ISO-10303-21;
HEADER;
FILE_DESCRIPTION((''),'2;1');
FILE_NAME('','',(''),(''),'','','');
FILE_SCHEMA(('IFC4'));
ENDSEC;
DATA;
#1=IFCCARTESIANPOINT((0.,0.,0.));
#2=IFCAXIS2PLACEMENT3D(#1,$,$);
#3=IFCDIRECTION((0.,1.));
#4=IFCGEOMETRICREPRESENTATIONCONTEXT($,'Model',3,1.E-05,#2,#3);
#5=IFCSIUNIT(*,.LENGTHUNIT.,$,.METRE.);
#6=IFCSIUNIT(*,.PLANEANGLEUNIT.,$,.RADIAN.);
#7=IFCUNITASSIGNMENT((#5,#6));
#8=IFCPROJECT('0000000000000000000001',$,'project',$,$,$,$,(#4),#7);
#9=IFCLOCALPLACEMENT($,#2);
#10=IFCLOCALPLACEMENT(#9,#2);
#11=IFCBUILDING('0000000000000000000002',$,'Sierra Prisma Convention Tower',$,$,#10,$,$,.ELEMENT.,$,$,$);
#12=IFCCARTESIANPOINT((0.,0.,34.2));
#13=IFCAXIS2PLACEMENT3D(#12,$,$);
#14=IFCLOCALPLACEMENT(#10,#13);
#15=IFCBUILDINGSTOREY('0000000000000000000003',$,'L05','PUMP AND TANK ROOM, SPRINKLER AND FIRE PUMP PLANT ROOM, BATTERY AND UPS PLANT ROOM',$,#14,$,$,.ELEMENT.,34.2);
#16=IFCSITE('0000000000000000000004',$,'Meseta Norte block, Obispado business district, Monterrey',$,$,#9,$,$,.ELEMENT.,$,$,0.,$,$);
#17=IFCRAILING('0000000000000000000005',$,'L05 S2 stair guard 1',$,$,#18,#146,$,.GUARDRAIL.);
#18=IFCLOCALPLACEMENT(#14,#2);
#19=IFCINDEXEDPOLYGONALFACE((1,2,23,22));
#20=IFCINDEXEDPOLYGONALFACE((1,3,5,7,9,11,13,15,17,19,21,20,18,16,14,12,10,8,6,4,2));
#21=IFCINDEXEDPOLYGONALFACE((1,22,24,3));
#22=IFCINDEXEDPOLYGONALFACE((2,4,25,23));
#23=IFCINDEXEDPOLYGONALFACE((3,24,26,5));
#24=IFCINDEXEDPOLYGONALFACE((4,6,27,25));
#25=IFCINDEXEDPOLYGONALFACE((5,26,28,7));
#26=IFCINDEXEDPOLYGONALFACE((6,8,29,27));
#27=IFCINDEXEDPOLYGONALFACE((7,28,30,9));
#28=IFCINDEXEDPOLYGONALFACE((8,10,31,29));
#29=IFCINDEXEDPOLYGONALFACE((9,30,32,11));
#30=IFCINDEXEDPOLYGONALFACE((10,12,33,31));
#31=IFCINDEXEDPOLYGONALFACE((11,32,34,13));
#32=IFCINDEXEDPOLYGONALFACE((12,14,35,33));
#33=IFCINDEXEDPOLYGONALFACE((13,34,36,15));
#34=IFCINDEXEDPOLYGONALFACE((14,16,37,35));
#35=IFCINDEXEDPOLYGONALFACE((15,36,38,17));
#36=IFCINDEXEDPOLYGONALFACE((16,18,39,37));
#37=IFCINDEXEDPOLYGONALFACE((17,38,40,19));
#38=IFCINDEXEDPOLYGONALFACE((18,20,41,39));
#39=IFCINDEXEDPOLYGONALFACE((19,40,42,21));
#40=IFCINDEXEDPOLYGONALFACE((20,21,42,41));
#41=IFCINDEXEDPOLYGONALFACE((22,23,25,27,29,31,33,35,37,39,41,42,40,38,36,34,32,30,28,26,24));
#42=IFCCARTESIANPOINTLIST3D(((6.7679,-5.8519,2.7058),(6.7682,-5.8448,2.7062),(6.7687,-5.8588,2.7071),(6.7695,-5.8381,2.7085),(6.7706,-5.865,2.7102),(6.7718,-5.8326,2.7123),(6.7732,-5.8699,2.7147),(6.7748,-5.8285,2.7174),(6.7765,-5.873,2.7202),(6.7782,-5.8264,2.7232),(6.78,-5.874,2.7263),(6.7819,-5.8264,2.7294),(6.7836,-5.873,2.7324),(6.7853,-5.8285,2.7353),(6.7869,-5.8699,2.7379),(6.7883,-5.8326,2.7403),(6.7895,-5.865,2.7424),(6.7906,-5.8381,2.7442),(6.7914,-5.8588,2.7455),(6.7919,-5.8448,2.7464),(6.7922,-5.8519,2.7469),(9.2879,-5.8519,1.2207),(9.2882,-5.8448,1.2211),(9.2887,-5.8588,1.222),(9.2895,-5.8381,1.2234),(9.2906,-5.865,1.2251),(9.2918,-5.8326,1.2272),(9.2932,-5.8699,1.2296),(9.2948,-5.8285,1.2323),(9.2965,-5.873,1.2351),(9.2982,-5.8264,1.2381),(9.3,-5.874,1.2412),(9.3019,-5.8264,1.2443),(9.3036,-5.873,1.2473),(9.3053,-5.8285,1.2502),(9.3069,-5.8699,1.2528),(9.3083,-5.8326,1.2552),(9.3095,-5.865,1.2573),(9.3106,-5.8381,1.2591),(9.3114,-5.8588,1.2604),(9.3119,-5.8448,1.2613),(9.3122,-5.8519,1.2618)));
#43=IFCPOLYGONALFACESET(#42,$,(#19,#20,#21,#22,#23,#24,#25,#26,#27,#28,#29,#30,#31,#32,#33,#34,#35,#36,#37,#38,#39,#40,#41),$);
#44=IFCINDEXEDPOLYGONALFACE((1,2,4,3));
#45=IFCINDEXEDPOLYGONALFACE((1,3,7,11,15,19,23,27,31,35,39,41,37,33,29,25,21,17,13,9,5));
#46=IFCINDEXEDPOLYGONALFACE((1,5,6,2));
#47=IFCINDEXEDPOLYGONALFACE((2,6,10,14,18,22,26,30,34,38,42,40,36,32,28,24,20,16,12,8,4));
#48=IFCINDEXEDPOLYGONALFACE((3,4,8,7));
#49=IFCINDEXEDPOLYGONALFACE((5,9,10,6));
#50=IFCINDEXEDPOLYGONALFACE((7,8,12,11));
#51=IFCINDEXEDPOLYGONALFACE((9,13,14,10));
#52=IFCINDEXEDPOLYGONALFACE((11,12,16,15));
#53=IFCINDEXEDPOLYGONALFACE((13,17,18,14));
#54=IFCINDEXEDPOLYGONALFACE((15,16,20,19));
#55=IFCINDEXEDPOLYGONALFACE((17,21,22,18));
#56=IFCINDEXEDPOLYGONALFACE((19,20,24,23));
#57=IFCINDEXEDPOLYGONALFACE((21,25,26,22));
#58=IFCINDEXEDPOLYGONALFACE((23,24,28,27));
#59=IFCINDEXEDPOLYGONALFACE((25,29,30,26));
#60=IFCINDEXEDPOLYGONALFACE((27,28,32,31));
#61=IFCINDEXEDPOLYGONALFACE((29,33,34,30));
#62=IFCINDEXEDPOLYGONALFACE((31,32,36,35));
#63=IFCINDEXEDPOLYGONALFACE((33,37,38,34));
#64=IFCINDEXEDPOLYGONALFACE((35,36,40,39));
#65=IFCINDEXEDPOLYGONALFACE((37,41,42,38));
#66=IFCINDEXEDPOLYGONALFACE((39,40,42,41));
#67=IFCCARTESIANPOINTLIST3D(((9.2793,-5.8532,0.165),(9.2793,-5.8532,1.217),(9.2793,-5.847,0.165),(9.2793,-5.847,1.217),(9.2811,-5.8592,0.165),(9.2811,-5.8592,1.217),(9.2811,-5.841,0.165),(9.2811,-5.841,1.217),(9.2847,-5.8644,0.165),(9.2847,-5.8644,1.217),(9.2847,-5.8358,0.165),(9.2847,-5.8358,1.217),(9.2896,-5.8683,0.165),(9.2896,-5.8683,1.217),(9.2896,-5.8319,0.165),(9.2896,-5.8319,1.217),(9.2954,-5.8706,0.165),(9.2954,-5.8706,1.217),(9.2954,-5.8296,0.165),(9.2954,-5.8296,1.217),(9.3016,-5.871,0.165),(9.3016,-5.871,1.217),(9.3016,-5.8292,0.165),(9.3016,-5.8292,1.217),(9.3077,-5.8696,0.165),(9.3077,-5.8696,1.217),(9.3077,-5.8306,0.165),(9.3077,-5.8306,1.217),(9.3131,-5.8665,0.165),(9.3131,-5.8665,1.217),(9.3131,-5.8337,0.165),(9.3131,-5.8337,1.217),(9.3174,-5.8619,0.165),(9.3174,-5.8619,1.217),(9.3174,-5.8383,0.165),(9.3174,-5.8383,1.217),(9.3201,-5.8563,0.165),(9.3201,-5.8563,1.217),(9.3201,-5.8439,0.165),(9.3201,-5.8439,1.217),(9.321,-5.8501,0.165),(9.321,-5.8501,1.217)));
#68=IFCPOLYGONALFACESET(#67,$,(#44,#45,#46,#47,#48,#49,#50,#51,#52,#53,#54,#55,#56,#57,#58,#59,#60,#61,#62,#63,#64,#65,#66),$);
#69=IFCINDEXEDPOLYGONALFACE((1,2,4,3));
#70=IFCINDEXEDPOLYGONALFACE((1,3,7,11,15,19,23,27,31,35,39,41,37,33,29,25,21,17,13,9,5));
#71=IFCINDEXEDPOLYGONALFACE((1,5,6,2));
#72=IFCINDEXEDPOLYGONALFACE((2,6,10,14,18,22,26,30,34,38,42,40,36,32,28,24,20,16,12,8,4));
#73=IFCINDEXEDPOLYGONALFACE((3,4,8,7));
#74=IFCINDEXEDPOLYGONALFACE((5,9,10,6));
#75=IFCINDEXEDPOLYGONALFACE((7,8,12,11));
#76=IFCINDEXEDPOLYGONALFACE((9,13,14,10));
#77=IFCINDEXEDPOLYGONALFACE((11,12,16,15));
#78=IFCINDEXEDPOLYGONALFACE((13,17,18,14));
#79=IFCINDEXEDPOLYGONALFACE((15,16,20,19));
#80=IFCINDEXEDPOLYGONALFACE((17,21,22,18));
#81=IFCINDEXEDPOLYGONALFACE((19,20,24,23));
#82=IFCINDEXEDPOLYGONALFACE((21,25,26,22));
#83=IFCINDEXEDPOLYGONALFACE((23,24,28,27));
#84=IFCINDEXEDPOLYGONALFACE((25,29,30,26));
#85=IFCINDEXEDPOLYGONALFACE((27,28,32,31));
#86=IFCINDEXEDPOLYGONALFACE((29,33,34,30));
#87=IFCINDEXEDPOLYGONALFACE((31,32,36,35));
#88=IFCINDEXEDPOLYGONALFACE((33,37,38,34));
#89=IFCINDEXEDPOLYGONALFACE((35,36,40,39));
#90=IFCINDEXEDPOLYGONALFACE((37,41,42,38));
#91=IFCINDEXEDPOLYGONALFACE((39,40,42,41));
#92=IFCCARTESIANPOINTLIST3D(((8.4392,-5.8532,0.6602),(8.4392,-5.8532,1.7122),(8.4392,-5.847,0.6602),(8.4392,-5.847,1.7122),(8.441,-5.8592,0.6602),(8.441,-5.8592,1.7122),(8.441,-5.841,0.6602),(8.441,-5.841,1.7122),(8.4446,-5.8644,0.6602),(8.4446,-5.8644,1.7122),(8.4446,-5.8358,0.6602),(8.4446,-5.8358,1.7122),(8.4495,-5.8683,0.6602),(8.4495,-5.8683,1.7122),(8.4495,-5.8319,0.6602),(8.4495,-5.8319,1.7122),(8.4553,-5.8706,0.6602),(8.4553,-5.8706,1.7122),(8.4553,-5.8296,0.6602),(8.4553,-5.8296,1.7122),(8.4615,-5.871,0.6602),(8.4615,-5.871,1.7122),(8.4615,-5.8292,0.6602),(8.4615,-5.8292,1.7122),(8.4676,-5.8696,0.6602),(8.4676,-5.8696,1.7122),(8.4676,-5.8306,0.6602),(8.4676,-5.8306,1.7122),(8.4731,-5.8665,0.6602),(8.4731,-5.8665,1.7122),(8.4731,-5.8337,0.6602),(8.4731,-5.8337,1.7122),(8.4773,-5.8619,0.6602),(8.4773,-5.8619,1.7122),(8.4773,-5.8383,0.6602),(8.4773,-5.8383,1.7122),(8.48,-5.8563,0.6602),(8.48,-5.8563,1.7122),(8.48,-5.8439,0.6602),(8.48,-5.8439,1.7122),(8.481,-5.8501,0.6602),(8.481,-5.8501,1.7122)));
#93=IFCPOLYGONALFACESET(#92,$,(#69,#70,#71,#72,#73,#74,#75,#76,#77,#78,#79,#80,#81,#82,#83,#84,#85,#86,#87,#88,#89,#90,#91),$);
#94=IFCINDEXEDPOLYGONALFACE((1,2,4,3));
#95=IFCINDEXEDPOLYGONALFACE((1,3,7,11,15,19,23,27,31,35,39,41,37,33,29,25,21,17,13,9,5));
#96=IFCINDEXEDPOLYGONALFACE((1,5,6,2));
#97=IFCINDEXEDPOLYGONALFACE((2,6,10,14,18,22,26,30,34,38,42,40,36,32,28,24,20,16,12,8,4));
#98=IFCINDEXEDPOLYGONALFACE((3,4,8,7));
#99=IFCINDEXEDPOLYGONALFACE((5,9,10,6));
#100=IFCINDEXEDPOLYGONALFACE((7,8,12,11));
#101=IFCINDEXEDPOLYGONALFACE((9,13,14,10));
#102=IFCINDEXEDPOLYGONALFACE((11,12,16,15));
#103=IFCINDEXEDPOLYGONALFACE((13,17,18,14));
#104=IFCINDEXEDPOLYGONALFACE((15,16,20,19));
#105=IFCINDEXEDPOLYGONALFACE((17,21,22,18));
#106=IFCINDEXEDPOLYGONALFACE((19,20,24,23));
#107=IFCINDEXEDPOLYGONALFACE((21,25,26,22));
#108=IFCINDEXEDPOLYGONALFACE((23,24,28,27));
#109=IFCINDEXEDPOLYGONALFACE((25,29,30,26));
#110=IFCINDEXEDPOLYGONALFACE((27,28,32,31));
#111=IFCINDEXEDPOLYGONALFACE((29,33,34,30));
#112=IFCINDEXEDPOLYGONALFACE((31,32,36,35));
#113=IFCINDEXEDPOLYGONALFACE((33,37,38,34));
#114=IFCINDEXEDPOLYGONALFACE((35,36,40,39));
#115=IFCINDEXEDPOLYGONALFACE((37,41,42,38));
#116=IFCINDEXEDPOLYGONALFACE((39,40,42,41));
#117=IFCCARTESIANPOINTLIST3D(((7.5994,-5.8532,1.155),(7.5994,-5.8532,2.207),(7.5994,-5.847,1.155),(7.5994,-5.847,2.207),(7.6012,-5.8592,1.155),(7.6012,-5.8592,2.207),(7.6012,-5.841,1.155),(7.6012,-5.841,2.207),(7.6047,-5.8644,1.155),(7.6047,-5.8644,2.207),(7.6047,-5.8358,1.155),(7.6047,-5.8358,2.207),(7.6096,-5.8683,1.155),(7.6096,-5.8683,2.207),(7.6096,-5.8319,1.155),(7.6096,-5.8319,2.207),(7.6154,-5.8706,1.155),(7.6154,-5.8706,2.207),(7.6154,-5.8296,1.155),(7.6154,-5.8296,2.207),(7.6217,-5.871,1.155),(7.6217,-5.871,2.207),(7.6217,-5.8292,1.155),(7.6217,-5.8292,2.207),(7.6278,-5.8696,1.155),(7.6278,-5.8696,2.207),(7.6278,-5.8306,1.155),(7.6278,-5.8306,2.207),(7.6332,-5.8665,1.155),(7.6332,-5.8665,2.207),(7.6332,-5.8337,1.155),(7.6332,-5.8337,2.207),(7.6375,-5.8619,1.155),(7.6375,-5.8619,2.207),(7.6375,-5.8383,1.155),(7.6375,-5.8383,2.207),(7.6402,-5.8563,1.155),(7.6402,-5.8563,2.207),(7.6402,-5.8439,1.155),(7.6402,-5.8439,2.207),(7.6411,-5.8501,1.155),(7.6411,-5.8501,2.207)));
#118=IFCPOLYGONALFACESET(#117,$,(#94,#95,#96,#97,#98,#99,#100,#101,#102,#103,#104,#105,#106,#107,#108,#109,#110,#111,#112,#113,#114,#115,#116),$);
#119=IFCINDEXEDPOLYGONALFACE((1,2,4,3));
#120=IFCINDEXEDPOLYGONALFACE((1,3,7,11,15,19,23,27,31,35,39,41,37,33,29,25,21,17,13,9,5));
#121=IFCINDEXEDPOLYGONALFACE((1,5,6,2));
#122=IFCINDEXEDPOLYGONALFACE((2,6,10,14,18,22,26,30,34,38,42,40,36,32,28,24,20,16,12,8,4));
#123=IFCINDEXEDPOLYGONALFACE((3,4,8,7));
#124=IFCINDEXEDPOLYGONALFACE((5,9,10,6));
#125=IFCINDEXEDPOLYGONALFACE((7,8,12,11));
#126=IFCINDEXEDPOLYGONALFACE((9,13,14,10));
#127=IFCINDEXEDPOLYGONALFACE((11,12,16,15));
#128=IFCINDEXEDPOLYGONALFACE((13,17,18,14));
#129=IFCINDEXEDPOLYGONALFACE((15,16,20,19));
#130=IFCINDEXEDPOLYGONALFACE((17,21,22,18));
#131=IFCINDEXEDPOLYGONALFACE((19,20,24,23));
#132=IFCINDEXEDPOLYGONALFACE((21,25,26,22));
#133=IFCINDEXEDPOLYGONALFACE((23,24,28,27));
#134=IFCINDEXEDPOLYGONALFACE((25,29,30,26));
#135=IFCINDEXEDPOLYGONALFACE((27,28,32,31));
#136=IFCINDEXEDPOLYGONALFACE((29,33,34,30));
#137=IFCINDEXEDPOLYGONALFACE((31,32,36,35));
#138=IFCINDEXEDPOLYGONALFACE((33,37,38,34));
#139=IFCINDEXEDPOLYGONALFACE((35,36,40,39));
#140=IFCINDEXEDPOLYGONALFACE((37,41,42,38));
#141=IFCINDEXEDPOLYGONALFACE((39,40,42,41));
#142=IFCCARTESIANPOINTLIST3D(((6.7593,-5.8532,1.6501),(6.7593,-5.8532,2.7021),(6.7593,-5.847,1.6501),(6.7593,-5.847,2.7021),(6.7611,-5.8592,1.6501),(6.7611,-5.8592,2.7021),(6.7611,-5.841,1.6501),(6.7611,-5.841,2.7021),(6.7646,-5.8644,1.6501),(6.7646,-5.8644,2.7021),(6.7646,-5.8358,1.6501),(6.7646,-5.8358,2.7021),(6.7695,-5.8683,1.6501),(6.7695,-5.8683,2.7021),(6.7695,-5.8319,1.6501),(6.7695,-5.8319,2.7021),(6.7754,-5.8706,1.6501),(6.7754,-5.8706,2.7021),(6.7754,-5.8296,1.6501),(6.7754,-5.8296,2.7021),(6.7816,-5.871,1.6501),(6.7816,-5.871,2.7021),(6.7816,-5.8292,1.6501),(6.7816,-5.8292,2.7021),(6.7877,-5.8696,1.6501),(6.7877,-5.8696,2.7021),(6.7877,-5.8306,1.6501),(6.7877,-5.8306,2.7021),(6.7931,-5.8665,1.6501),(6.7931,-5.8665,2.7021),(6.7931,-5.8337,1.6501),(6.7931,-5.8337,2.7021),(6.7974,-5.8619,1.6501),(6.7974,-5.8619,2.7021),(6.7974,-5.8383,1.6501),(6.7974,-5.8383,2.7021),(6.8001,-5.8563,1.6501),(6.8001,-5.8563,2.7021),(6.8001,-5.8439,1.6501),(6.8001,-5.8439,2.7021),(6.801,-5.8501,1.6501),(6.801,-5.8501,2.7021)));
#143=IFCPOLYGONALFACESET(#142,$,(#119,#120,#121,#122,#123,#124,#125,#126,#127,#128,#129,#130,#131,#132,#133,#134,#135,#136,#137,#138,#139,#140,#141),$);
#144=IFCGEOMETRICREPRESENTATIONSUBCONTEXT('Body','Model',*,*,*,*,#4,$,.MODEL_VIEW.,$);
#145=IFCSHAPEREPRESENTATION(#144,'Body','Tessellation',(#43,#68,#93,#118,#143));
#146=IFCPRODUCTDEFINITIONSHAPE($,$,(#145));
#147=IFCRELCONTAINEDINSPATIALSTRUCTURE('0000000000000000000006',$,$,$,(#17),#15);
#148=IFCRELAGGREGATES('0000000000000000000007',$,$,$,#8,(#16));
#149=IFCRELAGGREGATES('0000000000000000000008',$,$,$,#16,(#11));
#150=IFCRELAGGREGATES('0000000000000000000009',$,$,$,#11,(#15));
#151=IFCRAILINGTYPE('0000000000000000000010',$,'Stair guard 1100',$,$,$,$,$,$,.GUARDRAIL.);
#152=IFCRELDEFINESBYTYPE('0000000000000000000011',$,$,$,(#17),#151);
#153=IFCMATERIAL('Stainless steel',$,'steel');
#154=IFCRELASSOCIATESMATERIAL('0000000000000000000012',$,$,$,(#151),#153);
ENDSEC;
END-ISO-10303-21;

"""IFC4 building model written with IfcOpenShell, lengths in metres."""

from ifc_helpers import new_model, si_unit, direction, frame, origin, origin_2d, place, context, subcontext, project, spatial, circle, extrude, material, type_object, element, save


model = new_model("IFC4")

# Units and contexts
model_context = context("Model", 3, precision=1e-05, world=origin(), true_north=direction((0.0, 1.0)))
body_context = subcontext(model_context, "Body", "Model", "MODEL_VIEW")
ifc_project = project(units=[si_unit("LENGTHUNIT", "METRE"), si_unit("PLANEANGLEUNIT", "RADIAN")], contexts=[model_context])

# Site, building, storey
site_placement = place(None, origin())
site = spatial("IfcSite", under=ifc_project, at=site_placement, Name="Meseta Norte block, Obispado business district, Monterrey", CompositionType="ELEMENT", RefElevation=0.0)
building_placement = place(site_placement, origin())
building = spatial("IfcBuilding", under=site, at=building_placement, Name="Sierra Prisma Convention Tower", CompositionType="ELEMENT")
storey_placement = place(building_placement, frame((0.0, 0.0, 34.2)))
storey = spatial("IfcBuildingStorey", under=building, at=storey_placement, Name="L05", Description="PUMP AND TANK ROOM, SPRINKLER AND FIRE PUMP PLANT ROOM, BATTERY AND UPS PLANT ROOM", CompositionType="ELEMENT", Elevation=34.2)

# Railing
ifc_material_1 = material(Name="Stainless steel", Category="steel")
railing_type_1 = type_object("IfcRailingType", Name="Stair guard 1100", PredefinedType="GUARDRAIL", material=ifc_material_1)
railing_1_placement = place(storey_placement, frame((9.3, -5.8501, 0.165)))
element("IfcRailing", 1, at=railing_1_placement, inside=storey, type_object=railing_type_1, Name="L05 S2 stair guard 1", PredefinedType="GUARDRAIL", context=body_context, shape_type="SweptSolid", body=[
    extrude(circle(Radius=0.0239, at=origin_2d()), frame((0.0, 0.0, 1.0762), z_axis=(-0.861524, 0.0, 0.507717), x_axis=(0.0, -1.0, 0.0)), (0.0, 0.0, 1.0), 2.925),
    extrude(circle(Radius=0.021, at=origin_2d()), origin(), (0.0, 0.0, 1.0), 1.052),
    extrude(circle(Radius=0.021, at=origin_2d()), frame((-0.8401, 0.0, 0.4951)), (0.0, 0.0, 1.0), 1.052),
    extrude(circle(Radius=0.021, at=origin_2d()), frame((-1.6799, 0.0, 0.99)), (0.0, 0.0, 1.0), 1.052),
    extrude(circle(Radius=0.021, at=origin_2d()), frame((-2.52, 0.0, 1.4851)), (0.0, 0.0, 1.0), 1.052),
])

save(model, "model.ifc")
